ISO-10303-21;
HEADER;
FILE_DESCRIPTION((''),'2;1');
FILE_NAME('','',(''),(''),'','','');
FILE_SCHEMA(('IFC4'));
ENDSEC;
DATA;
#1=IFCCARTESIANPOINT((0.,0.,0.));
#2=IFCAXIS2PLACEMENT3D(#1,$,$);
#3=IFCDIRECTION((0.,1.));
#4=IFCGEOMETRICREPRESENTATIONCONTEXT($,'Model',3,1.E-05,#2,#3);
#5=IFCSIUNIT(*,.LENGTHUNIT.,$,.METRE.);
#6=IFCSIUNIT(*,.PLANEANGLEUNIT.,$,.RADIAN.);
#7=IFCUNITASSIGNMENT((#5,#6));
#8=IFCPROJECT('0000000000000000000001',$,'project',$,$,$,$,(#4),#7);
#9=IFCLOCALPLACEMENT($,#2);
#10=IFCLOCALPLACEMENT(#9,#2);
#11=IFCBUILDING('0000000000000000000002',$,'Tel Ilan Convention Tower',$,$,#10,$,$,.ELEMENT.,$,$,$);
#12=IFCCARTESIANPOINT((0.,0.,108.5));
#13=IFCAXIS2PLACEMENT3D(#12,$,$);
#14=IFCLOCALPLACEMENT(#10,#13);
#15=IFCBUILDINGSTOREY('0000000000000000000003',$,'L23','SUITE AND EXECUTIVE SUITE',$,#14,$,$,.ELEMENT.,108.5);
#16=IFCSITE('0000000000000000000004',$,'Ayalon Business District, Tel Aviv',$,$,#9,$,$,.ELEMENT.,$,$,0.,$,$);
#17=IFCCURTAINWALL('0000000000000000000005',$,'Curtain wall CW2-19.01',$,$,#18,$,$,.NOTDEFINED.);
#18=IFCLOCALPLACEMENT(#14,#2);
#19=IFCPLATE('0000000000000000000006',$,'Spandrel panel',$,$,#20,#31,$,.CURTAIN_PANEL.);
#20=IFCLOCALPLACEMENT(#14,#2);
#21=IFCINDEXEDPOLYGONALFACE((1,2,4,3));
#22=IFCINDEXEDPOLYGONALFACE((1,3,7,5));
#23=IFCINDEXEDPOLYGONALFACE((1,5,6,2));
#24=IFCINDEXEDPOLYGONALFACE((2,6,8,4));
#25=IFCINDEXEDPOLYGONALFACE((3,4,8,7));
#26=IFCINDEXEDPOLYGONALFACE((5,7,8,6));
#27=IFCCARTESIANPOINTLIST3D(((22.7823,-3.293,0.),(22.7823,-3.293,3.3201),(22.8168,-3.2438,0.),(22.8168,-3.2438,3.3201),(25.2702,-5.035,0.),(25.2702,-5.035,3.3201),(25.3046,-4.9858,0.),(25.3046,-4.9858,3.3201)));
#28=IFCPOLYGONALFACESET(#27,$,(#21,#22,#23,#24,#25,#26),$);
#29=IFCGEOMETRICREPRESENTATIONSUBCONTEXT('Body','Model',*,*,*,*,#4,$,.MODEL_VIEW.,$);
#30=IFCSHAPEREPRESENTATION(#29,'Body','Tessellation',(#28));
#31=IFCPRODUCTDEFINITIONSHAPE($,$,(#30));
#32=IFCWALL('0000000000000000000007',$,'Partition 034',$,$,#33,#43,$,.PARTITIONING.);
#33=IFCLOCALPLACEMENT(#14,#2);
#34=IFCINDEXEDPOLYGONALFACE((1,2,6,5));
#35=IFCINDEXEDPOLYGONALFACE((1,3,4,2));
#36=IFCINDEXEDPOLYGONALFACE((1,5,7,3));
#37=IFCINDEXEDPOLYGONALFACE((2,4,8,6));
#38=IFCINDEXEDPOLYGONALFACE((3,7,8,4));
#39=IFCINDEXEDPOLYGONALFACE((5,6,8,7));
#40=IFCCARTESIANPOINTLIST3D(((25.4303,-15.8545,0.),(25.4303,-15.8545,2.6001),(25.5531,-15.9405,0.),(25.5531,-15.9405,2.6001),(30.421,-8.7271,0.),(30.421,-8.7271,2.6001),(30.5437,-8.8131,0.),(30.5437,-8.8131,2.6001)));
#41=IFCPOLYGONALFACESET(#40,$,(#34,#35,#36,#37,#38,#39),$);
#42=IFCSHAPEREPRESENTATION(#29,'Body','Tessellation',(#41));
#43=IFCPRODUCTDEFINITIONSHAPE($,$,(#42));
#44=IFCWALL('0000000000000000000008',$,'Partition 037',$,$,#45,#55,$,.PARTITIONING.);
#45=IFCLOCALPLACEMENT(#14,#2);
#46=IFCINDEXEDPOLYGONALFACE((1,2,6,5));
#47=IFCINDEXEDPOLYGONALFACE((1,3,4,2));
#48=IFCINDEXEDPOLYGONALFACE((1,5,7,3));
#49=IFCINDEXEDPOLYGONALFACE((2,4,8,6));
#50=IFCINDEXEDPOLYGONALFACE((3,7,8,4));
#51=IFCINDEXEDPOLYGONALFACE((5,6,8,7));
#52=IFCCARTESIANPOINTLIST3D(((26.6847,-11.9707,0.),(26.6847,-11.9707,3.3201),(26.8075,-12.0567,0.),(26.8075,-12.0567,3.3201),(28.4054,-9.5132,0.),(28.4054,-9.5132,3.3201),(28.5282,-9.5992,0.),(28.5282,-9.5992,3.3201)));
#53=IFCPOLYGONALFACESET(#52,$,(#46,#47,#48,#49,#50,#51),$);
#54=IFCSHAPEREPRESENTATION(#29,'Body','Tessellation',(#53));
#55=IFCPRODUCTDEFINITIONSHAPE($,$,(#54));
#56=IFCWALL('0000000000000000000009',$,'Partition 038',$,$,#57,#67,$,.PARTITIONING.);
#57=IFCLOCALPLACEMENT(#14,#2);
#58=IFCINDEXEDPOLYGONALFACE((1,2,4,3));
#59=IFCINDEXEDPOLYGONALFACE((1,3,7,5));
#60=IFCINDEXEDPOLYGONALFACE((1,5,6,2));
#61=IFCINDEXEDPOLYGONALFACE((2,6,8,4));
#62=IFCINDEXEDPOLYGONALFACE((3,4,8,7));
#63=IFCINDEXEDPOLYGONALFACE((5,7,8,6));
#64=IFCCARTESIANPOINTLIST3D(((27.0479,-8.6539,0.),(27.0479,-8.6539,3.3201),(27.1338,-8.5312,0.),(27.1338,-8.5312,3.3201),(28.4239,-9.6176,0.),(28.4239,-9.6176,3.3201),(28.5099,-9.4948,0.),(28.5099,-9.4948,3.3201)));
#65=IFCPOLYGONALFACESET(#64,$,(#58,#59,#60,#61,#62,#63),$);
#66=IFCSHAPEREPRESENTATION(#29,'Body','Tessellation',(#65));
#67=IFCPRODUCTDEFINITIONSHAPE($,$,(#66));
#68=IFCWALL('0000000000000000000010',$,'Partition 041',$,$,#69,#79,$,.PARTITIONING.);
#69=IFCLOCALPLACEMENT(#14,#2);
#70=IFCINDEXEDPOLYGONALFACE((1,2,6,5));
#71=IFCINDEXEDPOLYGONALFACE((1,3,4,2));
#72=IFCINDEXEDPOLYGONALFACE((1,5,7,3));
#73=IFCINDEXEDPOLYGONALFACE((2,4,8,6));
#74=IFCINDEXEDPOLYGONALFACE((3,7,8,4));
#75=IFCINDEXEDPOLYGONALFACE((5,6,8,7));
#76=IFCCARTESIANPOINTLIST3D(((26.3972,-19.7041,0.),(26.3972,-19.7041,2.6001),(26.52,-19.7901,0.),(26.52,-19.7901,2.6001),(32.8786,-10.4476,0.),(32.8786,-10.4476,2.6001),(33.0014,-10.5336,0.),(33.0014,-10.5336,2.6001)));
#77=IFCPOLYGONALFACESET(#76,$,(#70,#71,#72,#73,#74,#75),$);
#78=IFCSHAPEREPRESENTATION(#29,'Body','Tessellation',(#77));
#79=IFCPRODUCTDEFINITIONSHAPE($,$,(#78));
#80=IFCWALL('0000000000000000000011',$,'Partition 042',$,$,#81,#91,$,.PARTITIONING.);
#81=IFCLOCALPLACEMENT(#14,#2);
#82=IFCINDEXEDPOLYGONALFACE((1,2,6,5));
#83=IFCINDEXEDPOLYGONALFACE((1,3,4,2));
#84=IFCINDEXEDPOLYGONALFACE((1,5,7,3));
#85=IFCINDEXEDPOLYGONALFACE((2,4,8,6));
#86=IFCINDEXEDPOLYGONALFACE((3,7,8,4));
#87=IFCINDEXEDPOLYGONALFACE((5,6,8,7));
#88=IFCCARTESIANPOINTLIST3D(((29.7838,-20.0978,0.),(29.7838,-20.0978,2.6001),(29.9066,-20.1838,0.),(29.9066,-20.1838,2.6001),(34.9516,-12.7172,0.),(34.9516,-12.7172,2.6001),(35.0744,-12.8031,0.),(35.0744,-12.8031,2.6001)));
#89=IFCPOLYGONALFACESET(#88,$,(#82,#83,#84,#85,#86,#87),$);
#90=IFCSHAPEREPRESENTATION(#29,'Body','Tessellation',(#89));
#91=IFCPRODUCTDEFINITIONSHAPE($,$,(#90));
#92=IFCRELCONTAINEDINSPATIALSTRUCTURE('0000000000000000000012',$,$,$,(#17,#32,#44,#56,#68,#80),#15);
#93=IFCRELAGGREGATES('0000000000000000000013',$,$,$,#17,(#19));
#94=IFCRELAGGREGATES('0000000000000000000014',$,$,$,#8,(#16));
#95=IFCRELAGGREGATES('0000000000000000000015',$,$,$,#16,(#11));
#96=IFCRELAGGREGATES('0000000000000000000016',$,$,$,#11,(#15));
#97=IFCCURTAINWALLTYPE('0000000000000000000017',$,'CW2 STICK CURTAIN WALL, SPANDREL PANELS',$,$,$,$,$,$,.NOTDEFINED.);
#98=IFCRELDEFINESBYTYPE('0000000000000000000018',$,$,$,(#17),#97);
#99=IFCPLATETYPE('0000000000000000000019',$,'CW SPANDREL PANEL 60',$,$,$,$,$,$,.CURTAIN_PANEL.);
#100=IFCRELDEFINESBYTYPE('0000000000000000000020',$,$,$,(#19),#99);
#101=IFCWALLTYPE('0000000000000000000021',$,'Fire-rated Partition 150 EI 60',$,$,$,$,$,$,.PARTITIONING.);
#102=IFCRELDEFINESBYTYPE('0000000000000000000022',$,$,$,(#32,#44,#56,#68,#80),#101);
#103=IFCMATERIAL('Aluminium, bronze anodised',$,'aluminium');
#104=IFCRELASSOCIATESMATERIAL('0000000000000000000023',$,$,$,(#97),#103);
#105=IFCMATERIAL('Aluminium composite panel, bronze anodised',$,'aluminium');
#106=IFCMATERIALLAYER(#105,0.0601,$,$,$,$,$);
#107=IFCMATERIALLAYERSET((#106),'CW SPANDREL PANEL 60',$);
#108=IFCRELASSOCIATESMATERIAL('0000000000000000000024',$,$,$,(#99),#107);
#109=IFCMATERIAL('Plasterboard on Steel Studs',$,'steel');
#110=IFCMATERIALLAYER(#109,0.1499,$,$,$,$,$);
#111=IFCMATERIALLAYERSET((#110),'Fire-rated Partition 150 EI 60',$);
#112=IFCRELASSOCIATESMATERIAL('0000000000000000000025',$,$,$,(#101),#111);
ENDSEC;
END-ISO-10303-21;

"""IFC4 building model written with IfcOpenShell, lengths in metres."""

from ifc_helpers import new_model, si_unit, direction, frame, frame_2d, origin, origin_2d, place, context, subcontext, project, spatial, rectangle, extrude, material, layer, layer_set, type_object, element, aggregate, save


model = new_model("IFC4")

# Units and contexts
model_context = context("Model", 3, precision=1e-05, world=origin(), true_north=direction((0.0, 1.0)))
body_context = subcontext(model_context, "Body", "Model", "MODEL_VIEW")
ifc_project = project(units=[si_unit("LENGTHUNIT", "METRE"), si_unit("PLANEANGLEUNIT", "RADIAN")], contexts=[model_context])

# Site, building, storey
site_placement = place(None, origin())
site = spatial("IfcSite", under=ifc_project, at=site_placement, Name="Ayalon Business District, Tel Aviv", CompositionType="ELEMENT", RefElevation=0.0)
building_placement = place(site_placement, origin())
building = spatial("IfcBuilding", under=site, at=building_placement, Name="Tel Ilan Convention Tower", CompositionType="ELEMENT")
storey_placement = place(building_placement, frame((0.0, 0.0, 108.5)))
storey = spatial("IfcBuildingStorey", under=building, at=storey_placement, Name="L23", Description="SUITE AND EXECUTIVE SUITE", CompositionType="ELEMENT", Elevation=108.5)

# Curtain wall
ifc_material_1 = material(Name="Aluminium, bronze anodised", Category="aluminium")
curtain_wall_type_1 = type_object("IfcCurtainWallType", Name="CW2 STICK CURTAIN WALL, SPANDREL PANELS", PredefinedType="NOTDEFINED", material=ifc_material_1)
curtain_wall_1_placement = place(storey_placement, origin())
curtain_wall_1 = element("IfcCurtainWall", 1, at=curtain_wall_1_placement, inside=storey, type_object=curtain_wall_type_1, Name="Curtain wall CW2-19.01", PredefinedType="NOTDEFINED")

# Plate
ifc_material_2 = material(Name="Aluminium composite panel, bronze anodised", Category="aluminium")
ifc_layer_1 = layer(ifc_material_2, 0.0601)
ifc_layer_set_1 = layer_set([ifc_layer_1], Name="CW SPANDREL PANEL 60")
plate_type_1 = type_object("IfcPlateType", Name="CW SPANDREL PANEL 60", PredefinedType="CURTAIN_PANEL", material=ifc_layer_set_1)
plate_1_placement = place(storey_placement, frame((24.0435, -4.1394, 0.0), z_axis=(0.0, 0.0, 1.0), x_axis=(-0.819152, 0.573576, 0.0)))
plate_1 = element("IfcPlate", 2, at=plate_1_placement, type_object=plate_type_1, Name="Spandrel panel", PredefinedType="CURTAIN_PANEL", context=body_context, shape_type="SweptSolid", body=[
    extrude(rectangle(XDim=3.0371, YDim=0.0601, at=origin_2d()), origin(), (0.0, 0.0, 1.0), 3.3201),
])
aggregate(curtain_wall_1, [plate_1])

# Walls
ifc_material_3 = material(Name="Plasterboard on Steel Studs", Category="steel")
ifc_layer_2 = layer(ifc_material_3, 0.1499)
ifc_layer_set_2 = layer_set([ifc_layer_2], Name="Fire-rated Partition 150 EI 60")
wall_type = type_object("IfcWallType", Name="Fire-rated Partition 150 EI 60", PredefinedType="PARTITIONING", material=ifc_layer_set_2)
wall_1_placement = place(storey_placement, frame((30.4824, -8.77, 0.0), z_axis=(0.0, 0.0, 1.0), x_axis=(-0.573579, -0.81915, 0.0)))
element("IfcWall", 3, at=wall_1_placement, inside=storey, type_object=wall_type, Name="Partition 034", PredefinedType="PARTITIONING", context=body_context, shape_type="SweptSolid", body=[
    extrude(rectangle(XDim=8.7009, YDim=0.1499, at=frame_2d((4.3506, 0.0))), origin(), (0.0, 0.0, 1.0), 2.6001),
])
wall_2_placement = place(storey_placement, frame((26.7461, -12.0137, 0.0), z_axis=(0.0, 0.0, 1.0), x_axis=(0.573561, 0.819163, 0.0)))
element("IfcWall", 4, at=wall_2_placement, inside=storey, type_object=wall_type, Name="Partition 037", PredefinedType="PARTITIONING", context=body_context, shape_type="SweptSolid", body=[
    extrude(rectangle(XDim=3.0, YDim=0.1499, at=frame_2d((1.5, 0.0))), origin(), (0.0, 0.0, 1.0), 3.3201),
])
wall_3_placement = place(storey_placement, frame((28.4668, -9.5562, 0.0), z_axis=(0.0, 0.0, 1.0), x_axis=(-0.819109, 0.573638, 0.0)))
element("IfcWall", 5, at=wall_3_placement, inside=storey, type_object=wall_type, Name="Partition 038", PredefinedType="PARTITIONING", context=body_context, shape_type="SweptSolid", body=[
    extrude(rectangle(XDim=1.6799, YDim=0.1499, at=frame_2d((0.8398, 0.0))), origin(), (0.0, 0.0, 1.0), 3.3201),
])
wall_4_placement = place(storey_placement, frame((32.9399, -10.4907, 0.0), z_axis=(0.0, 0.0, 1.0), x_axis=(-0.573571, -0.819156, 0.0)))
element("IfcWall", 6, at=wall_4_placement, inside=storey, type_object=wall_type, Name="Partition 041", PredefinedType="PARTITIONING", context=body_context, shape_type="SweptSolid", body=[
    extrude(rectangle(XDim=11.3, YDim=0.1499, at=frame_2d((5.6499, 0.0))), origin(), (0.0, 0.0, 1.0), 2.6001),
])
wall_5_placement = place(storey_placement, frame((35.0129, -12.7603, 0.0), z_axis=(0.0, 0.0, 1.0), x_axis=(-0.573559, -0.819164, 0.0)))
element("IfcWall", 7, at=wall_5_placement, inside=storey, type_object=wall_type, Name="Partition 042", PredefinedType="PARTITIONING", context=body_context, shape_type="SweptSolid", body=[
    extrude(rectangle(XDim=9.01, YDim=0.1499, at=frame_2d((4.5049, 0.0))), origin(), (0.0, 0.0, 1.0), 2.6001),
])

save(model, "model.ifc")
